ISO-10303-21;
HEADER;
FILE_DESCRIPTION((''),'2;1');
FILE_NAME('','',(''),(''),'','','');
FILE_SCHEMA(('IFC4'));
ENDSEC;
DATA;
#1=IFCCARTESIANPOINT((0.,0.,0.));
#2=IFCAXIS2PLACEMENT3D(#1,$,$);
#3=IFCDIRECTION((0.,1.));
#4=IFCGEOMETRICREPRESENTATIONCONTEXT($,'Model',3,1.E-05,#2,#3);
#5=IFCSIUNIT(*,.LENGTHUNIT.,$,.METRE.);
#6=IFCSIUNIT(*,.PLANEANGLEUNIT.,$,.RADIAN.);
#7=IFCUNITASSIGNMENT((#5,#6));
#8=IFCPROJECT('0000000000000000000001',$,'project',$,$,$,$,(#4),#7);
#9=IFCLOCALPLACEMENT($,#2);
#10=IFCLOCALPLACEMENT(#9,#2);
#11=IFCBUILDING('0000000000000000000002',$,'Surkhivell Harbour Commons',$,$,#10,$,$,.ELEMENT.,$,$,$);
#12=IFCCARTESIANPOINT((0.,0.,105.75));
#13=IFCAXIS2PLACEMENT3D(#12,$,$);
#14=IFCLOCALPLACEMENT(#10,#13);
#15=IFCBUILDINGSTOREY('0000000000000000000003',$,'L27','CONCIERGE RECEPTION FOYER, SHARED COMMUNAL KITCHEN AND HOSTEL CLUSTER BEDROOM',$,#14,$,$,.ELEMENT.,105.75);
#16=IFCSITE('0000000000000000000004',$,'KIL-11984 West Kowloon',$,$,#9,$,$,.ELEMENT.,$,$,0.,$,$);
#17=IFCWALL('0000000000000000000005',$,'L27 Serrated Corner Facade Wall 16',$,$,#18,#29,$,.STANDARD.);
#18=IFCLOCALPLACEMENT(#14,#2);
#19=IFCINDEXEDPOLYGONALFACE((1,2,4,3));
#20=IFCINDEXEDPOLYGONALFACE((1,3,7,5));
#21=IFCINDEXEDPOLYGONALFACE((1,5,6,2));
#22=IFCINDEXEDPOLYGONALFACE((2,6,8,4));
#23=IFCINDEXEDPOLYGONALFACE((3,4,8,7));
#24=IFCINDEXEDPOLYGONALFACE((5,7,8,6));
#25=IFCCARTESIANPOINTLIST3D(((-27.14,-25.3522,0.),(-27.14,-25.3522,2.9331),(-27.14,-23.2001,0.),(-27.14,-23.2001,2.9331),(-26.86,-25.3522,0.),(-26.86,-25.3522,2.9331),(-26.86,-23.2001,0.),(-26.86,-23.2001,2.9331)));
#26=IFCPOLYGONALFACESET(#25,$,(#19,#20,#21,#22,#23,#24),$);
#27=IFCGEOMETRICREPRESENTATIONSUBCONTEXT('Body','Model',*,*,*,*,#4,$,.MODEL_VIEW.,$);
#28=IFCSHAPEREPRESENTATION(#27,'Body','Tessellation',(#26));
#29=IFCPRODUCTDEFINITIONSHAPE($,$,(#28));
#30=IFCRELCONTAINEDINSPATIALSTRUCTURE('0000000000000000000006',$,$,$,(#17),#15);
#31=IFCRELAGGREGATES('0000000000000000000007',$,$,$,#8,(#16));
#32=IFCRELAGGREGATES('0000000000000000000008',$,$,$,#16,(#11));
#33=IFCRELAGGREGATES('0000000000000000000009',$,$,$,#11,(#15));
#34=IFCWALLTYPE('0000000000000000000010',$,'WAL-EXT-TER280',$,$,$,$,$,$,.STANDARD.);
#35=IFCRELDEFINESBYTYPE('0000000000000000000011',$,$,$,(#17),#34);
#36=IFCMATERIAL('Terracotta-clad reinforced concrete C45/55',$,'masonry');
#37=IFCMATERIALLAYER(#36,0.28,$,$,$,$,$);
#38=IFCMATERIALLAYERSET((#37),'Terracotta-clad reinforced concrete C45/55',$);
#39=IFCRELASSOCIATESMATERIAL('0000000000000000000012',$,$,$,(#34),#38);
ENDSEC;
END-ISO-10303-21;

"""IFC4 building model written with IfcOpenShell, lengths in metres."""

from ifc_helpers import new_model, si_unit, direction, frame, frame_2d, origin, place, context, subcontext, project, spatial, rectangle, extrude, material, layer, layer_set, type_object, element, save


model = new_model("IFC4")

# Units and contexts
model_context = context("Model", 3, precision=1e-05, world=origin(), true_north=direction((0.0, 1.0)))
body_context = subcontext(model_context, "Body", "Model", "MODEL_VIEW")
ifc_project = project(units=[si_unit("LENGTHUNIT", "METRE"), si_unit("PLANEANGLEUNIT", "RADIAN")], contexts=[model_context])

# Site, building, storey
site_placement = place(None, origin())
site = spatial("IfcSite", under=ifc_project, at=site_placement, Name="KIL-11984 West Kowloon", CompositionType="ELEMENT", RefElevation=0.0)
building_placement = place(site_placement, origin())
building = spatial("IfcBuilding", under=site, at=building_placement, Name="Surkhivell Harbour Commons", CompositionType="ELEMENT")
storey_placement = place(building_placement, frame((0.0, 0.0, 105.75)))
storey = spatial("IfcBuildingStorey", under=building, at=storey_placement, Name="L27", Description="CONCIERGE RECEPTION FOYER, SHARED COMMUNAL KITCHEN AND HOSTEL CLUSTER BEDROOM", CompositionType="ELEMENT", Elevation=105.75)

# Wall
ifc_material_1 = material(Name="Terracotta-clad reinforced concrete C45/55", Category="masonry")
ifc_layer_1 = layer(ifc_material_1, 0.28)
ifc_layer_set_1 = layer_set([ifc_layer_1], Name="Terracotta-clad reinforced concrete C45/55")
wall_type = type_object("IfcWallType", Name="WAL-EXT-TER280", PredefinedType="STANDARD", material=ifc_layer_set_1)
wall_1_placement = place(storey_placement, frame((-27.0, -23.2, 0.0), z_axis=(0.0, 0.0, 1.0), x_axis=(0.0, -1.0, 0.0)))
element("IfcWall", 1, at=wall_1_placement, inside=storey, type_object=wall_type, Name="L27 Serrated Corner Facade Wall 16", PredefinedType="STANDARD", context=body_context, shape_type="SweptSolid", body=[
    extrude(rectangle(XDim=2.1521, YDim=0.28, at=frame_2d((1.0762, 0.0))), origin(), (0.0, 0.0, 1.0), 2.9331),
])

save(model, "model.ifc")
